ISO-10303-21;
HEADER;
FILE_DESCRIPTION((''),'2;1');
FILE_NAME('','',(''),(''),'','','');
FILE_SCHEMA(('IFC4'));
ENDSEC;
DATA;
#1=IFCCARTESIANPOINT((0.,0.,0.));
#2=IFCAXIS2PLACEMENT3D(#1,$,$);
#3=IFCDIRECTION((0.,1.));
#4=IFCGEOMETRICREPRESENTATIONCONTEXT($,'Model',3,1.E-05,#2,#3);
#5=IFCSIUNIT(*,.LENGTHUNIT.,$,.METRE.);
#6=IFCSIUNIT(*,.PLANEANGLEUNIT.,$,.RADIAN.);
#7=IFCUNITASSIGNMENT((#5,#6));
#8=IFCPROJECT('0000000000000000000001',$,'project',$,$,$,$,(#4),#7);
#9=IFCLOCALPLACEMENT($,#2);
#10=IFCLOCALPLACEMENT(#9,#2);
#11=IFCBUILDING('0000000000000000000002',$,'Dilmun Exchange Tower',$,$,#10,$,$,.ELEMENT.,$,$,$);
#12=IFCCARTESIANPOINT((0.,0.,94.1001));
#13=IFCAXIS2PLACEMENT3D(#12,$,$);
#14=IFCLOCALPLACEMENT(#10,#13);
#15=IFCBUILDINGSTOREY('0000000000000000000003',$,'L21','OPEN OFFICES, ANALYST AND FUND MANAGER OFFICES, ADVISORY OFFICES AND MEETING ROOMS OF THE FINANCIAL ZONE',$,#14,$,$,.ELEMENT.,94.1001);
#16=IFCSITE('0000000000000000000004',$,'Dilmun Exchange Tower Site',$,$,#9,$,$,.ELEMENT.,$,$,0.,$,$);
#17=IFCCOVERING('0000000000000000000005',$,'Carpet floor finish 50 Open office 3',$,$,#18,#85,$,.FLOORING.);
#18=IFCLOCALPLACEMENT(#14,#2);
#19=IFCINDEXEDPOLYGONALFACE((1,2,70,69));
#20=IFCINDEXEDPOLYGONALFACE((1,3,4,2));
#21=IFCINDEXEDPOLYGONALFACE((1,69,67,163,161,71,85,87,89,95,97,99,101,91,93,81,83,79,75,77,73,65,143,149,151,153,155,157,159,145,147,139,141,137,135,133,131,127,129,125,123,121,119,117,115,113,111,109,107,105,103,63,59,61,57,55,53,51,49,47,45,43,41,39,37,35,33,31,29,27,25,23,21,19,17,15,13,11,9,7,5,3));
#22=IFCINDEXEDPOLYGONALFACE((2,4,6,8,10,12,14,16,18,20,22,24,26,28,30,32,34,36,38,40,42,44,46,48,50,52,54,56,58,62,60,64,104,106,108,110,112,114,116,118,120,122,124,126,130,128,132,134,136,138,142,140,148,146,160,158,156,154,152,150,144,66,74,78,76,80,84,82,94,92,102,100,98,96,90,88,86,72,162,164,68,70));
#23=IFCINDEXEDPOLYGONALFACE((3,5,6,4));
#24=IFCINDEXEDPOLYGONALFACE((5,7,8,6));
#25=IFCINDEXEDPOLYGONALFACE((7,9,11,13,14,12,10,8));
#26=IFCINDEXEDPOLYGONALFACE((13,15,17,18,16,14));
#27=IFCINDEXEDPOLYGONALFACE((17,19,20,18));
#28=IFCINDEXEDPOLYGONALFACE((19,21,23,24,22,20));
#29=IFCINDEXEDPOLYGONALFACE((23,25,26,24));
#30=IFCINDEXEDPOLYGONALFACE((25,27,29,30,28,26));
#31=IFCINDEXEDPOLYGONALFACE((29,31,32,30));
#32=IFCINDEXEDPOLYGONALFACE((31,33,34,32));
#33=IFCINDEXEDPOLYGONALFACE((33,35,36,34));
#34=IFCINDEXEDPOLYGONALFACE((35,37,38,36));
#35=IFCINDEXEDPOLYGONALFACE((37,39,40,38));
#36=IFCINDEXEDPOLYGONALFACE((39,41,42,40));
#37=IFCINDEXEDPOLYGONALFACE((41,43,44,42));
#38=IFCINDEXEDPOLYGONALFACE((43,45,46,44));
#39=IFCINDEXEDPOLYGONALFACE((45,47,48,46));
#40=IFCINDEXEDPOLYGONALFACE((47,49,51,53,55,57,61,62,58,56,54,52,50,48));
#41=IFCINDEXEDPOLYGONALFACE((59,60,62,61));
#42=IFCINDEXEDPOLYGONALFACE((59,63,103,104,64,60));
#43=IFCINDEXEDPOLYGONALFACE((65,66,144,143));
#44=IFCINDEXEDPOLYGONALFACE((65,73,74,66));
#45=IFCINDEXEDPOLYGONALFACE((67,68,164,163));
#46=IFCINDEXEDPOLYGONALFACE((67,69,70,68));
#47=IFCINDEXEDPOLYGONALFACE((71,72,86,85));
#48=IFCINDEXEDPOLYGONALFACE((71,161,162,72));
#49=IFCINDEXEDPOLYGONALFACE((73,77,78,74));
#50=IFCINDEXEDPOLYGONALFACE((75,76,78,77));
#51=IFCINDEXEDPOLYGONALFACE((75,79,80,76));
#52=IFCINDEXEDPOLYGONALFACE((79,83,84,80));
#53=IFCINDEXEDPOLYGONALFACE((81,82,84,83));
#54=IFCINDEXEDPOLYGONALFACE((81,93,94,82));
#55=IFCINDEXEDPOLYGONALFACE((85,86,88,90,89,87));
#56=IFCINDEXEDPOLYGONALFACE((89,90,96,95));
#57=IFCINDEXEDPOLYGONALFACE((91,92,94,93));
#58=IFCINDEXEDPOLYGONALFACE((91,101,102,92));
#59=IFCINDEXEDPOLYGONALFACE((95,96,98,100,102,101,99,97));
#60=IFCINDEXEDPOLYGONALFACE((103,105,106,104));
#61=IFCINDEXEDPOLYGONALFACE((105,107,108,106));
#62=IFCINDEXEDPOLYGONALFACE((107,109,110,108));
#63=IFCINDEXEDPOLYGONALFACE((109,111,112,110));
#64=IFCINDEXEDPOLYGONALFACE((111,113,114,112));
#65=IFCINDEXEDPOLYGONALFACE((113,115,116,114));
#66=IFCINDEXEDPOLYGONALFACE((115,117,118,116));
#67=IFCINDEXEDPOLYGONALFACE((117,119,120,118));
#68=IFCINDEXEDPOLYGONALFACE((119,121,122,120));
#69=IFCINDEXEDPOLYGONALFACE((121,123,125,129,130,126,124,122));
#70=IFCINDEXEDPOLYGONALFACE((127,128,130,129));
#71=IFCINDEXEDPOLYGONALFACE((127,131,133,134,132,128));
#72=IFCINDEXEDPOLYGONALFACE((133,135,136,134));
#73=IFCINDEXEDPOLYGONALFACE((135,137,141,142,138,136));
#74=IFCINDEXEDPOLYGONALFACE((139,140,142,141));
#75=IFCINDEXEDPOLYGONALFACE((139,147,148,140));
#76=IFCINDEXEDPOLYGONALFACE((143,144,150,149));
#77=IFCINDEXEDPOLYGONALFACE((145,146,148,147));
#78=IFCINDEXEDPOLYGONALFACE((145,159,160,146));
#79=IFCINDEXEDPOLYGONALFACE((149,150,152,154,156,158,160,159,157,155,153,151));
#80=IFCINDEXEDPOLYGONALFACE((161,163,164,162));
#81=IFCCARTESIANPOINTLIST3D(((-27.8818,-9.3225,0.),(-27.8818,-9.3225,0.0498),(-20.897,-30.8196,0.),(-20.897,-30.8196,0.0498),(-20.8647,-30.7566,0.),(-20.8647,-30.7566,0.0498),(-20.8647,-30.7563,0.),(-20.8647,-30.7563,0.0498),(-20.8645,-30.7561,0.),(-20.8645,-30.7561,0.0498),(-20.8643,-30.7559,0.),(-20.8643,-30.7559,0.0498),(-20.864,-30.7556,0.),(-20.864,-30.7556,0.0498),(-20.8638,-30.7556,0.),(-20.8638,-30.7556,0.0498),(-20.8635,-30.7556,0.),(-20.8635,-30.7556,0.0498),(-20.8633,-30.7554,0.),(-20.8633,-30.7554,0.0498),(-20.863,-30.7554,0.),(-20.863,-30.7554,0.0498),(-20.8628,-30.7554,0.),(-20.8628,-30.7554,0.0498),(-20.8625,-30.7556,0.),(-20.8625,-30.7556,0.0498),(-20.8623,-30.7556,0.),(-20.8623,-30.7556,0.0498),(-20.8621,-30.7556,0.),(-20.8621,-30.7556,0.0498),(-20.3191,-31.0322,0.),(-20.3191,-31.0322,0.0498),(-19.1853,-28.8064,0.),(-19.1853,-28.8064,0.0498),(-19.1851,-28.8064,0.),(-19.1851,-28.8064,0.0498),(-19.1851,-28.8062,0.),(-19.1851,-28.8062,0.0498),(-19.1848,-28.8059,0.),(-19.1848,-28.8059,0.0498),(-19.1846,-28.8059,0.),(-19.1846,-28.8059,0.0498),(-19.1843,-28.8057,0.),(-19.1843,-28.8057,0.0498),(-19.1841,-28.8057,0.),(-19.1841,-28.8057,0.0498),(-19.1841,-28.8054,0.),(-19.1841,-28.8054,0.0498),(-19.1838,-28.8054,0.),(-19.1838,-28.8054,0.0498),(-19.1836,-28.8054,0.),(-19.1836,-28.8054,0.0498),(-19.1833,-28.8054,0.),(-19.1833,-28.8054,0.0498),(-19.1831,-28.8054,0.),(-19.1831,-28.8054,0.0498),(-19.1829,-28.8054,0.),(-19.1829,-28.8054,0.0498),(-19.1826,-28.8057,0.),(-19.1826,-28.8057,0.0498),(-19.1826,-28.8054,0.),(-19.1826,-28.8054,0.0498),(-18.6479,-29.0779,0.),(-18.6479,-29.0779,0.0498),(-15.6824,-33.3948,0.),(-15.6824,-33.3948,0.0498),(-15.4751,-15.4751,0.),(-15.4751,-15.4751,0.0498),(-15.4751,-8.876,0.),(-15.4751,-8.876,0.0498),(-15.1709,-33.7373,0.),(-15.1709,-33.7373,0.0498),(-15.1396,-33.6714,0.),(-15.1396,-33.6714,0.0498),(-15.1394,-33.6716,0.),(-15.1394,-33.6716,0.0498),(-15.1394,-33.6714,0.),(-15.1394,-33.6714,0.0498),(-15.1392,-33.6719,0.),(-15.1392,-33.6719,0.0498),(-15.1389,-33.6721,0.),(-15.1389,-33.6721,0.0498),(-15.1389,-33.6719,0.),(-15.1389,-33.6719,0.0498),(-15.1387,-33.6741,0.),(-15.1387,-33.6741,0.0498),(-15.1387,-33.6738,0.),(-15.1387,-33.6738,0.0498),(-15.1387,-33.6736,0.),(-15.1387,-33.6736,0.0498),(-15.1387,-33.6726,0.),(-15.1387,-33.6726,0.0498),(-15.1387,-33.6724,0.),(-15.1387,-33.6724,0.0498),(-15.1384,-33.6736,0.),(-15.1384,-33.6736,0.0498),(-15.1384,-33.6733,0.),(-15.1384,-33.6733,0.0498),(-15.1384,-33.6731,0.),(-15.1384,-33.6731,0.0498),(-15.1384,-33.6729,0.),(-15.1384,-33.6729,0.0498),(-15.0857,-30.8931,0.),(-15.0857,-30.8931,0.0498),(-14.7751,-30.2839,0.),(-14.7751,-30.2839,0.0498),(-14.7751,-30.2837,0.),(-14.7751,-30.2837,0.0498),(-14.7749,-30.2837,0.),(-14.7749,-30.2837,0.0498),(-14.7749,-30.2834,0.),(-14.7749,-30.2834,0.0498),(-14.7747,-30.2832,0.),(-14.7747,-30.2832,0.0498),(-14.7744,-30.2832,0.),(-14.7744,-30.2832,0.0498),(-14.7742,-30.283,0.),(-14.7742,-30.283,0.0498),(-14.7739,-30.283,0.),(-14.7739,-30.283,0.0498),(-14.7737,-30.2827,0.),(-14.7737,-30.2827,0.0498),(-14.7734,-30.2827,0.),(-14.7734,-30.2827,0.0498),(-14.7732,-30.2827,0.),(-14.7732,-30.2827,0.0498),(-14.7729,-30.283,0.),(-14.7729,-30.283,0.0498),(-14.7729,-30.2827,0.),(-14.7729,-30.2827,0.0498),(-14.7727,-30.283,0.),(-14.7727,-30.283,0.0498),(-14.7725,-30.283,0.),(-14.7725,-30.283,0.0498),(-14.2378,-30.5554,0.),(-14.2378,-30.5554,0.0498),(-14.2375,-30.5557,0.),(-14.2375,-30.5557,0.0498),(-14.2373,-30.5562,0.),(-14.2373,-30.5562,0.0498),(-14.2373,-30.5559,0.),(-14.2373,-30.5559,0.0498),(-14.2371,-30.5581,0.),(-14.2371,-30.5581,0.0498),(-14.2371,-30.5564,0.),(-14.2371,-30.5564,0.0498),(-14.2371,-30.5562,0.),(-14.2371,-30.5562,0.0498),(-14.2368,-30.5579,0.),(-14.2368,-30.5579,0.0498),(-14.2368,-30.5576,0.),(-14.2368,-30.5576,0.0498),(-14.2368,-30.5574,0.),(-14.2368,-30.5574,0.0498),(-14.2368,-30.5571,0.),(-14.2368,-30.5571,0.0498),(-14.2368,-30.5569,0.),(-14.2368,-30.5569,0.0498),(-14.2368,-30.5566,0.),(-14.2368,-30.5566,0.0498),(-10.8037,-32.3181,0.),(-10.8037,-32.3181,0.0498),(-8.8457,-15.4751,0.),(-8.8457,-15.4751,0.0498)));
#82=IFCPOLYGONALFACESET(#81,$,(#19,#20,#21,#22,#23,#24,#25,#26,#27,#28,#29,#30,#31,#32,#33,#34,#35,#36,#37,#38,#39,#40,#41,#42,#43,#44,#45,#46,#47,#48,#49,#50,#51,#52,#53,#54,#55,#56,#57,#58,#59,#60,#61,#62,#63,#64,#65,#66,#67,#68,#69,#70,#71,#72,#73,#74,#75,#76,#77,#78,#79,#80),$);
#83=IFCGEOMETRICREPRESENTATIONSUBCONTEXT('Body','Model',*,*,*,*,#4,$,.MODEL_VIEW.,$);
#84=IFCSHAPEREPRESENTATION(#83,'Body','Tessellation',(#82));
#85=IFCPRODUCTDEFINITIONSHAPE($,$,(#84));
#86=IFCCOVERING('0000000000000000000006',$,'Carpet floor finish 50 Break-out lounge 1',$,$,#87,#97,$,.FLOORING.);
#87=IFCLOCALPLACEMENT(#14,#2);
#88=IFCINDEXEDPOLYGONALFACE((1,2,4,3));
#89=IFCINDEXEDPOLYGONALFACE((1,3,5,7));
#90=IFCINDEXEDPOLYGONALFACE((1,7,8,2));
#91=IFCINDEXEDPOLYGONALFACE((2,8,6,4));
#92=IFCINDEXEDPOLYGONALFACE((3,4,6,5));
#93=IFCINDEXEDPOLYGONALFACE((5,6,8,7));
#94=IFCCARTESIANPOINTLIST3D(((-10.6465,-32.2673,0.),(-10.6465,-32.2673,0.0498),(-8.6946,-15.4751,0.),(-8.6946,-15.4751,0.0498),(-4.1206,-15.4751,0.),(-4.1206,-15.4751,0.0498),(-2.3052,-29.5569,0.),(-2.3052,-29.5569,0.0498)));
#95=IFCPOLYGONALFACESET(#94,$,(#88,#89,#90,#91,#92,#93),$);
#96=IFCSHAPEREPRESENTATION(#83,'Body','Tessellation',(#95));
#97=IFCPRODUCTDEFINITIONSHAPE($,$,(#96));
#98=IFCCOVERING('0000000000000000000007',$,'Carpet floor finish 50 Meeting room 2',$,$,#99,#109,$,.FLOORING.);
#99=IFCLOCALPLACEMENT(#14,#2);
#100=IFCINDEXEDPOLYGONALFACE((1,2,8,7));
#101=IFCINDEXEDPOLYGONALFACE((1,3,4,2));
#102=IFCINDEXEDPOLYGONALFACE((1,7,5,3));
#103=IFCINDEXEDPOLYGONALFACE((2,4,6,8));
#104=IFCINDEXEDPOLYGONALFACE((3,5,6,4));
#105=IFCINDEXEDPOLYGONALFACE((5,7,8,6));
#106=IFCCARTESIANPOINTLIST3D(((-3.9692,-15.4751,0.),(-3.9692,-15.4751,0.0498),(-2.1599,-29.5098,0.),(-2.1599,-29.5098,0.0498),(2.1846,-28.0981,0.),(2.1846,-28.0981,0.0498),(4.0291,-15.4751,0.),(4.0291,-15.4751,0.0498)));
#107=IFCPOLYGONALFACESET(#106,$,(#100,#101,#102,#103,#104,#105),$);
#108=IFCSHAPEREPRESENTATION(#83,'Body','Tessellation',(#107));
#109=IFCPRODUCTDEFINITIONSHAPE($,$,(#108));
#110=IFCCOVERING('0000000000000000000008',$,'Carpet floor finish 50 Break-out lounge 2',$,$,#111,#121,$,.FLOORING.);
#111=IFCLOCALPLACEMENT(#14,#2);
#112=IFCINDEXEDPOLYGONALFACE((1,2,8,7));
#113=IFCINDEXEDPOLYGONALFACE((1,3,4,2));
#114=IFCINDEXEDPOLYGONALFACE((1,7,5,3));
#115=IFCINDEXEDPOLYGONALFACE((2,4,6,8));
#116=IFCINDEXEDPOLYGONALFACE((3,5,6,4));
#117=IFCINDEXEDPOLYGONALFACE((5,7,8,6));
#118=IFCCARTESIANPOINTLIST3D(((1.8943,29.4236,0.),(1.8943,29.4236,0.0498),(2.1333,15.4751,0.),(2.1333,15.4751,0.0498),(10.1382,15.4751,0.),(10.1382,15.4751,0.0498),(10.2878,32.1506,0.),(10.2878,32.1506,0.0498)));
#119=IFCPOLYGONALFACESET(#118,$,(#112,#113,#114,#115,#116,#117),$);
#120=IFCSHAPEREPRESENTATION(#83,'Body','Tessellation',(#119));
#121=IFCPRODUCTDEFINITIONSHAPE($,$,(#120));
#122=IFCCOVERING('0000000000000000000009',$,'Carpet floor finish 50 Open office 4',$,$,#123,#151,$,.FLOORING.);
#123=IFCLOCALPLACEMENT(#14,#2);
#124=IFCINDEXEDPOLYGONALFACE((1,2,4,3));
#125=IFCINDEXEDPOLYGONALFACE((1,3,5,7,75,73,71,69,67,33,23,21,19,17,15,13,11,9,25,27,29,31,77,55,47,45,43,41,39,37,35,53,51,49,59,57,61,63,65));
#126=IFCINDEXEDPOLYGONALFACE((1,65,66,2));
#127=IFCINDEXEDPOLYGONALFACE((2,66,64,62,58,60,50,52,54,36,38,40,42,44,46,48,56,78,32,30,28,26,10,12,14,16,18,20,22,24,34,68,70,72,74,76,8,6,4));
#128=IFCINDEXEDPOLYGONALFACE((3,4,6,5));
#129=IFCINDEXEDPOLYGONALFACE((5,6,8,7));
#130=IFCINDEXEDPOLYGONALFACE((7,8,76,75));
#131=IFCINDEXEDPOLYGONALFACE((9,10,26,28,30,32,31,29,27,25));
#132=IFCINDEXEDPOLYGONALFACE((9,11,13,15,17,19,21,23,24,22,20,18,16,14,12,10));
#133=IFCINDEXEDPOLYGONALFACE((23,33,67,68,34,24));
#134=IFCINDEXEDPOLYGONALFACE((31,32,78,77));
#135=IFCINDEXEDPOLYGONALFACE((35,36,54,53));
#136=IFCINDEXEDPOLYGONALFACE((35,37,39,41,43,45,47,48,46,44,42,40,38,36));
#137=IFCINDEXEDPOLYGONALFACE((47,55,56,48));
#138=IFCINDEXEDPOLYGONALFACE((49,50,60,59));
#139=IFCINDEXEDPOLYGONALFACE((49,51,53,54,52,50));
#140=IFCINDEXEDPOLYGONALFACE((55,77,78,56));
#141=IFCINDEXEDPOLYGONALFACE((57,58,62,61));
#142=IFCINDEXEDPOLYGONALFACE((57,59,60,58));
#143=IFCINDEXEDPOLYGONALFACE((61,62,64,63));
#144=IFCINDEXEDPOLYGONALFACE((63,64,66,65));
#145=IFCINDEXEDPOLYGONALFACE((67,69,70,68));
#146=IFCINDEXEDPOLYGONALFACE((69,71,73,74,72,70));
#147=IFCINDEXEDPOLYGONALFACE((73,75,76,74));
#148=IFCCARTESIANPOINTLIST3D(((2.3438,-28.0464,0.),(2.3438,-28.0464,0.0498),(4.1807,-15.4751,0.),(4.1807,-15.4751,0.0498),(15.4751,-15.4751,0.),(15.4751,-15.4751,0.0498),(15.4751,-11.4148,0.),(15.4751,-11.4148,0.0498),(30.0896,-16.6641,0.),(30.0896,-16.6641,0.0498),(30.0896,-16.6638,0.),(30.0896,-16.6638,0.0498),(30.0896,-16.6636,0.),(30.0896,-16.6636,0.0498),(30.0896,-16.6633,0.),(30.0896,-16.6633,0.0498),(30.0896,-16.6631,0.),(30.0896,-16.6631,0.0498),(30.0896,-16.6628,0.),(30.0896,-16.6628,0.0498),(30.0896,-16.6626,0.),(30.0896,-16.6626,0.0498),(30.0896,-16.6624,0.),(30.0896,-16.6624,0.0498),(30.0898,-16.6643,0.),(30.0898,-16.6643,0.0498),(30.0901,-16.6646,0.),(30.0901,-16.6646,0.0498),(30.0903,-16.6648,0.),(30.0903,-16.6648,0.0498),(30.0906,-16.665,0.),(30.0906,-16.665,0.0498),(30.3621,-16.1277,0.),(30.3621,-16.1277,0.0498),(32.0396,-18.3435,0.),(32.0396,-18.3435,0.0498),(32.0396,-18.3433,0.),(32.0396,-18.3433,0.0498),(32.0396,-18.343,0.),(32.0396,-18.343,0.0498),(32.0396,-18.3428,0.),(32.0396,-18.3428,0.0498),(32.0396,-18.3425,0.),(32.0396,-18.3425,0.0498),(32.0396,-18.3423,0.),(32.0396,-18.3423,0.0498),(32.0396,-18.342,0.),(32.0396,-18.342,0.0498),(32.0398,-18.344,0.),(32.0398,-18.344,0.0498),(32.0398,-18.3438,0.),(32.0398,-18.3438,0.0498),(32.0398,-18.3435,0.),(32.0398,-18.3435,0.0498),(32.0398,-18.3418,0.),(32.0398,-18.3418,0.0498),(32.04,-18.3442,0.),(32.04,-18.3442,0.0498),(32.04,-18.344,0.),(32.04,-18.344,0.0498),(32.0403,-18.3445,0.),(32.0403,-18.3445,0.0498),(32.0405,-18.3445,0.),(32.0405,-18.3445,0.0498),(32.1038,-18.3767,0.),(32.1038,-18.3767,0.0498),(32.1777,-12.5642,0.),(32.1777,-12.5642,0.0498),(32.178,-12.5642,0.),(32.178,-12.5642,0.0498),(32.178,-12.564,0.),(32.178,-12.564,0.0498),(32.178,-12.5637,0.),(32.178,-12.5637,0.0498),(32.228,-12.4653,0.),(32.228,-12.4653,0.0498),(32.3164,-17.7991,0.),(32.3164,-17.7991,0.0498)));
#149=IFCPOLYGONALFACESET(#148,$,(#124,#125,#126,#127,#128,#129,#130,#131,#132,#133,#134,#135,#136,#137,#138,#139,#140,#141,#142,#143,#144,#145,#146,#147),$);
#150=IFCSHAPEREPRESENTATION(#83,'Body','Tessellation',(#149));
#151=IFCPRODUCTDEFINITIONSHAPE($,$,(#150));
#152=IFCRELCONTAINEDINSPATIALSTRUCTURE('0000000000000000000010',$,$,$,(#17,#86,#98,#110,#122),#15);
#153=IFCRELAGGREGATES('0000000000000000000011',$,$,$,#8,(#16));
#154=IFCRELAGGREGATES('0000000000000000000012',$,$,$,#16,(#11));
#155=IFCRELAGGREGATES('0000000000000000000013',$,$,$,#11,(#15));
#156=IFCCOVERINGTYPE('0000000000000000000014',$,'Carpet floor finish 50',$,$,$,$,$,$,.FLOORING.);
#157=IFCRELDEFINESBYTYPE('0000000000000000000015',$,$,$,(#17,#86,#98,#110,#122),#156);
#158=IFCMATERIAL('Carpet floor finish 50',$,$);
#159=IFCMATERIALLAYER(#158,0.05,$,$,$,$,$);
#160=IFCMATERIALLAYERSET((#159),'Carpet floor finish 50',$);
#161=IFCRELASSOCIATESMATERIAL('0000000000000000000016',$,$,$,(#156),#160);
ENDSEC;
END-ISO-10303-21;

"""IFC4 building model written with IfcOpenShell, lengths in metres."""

from ifc_helpers import new_model, si_unit, direction, frame, origin, place, context, subcontext, project, spatial, polyline, outline, extrude, material, layer, layer_set, type_object, element, save


model = new_model("IFC4")

# Units and contexts
model_context = context("Model", 3, precision=1e-05, world=origin(), true_north=direction((0.0, 1.0)))
body_context = subcontext(model_context, "Body", "Model", "MODEL_VIEW")
ifc_project = project(units=[si_unit("LENGTHUNIT", "METRE"), si_unit("PLANEANGLEUNIT", "RADIAN")], contexts=[model_context])

# Site, building, storey
site_placement = place(None, origin())
site = spatial("IfcSite", under=ifc_project, at=site_placement, Name="Dilmun Exchange Tower Site", CompositionType="ELEMENT", RefElevation=0.0)
building_placement = place(site_placement, origin())
building = spatial("IfcBuilding", under=site, at=building_placement, Name="Dilmun Exchange Tower", CompositionType="ELEMENT")
storey_placement = place(building_placement, frame((0.0, 0.0, 94.1001)))
storey = spatial("IfcBuildingStorey", under=building, at=storey_placement, Name="L21", Description="OPEN OFFICES, ANALYST AND FUND MANAGER OFFICES, ADVISORY OFFICES AND MEETING ROOMS OF THE FINANCIAL ZONE", CompositionType="ELEMENT", Elevation=94.1001)

# Coverings
ifc_material_1 = material(Name="Carpet floor finish 50")
ifc_layer_1 = layer(ifc_material_1, 0.05)
ifc_layer_set_1 = layer_set([ifc_layer_1], Name="Carpet floor finish 50")
covering_type_1 = type_object("IfcCoveringType", Name="Carpet floor finish 50", PredefinedType="FLOORING", material=ifc_layer_set_1)
covering_1_placement = place(storey_placement, origin())
element("IfcCovering", 1, at=covering_1_placement, inside=storey, type_object=covering_type_1, Name="Carpet floor finish 50 Open office 3", PredefinedType="FLOORING", context=body_context, shape_type="SweptSolid", body=[
    extrude(outline(polyline([(-15.4751, -8.876), (-15.4751, -15.4751), (-8.8457, -15.4751), (-10.8037, -32.3181), (-15.1709, -33.7373), (-15.1387, -33.6741), (-15.1387, -33.6738), (-15.1387, -33.6736), (-15.1384, -33.6736), (-15.1384, -33.6733), (-15.1384, -33.6731), (-15.1384, -33.6731), (-15.1384, -33.6729), (-15.1387, -33.6726), (-15.1387, -33.6724), (-15.1389, -33.6721), (-15.1389, -33.6721), (-15.1389, -33.6719), (-15.1392, -33.6719), (-15.1394, -33.6716), (-15.1394, -33.6714), (-15.1396, -33.6714), (-15.6824, -33.3948), (-14.2371, -30.5581), (-14.2368, -30.5579), (-14.2368, -30.5576), (-14.2368, -30.5576), (-14.2368, -30.5574), (-14.2368, -30.5571), (-14.2368, -30.5569), (-14.2368, -30.5569), (-14.2368, -30.5566), (-14.2371, -30.5564), (-14.2371, -30.5562), (-14.2373, -30.5562), (-14.2373, -30.5559), (-14.2373, -30.5559), (-14.2375, -30.5557), (-14.2378, -30.5554), (-14.2378, -30.5554), (-14.7725, -30.283), (-14.7727, -30.283), (-14.7729, -30.283), (-14.7729, -30.2827), (-14.7732, -30.2827), (-14.7734, -30.2827), (-14.7737, -30.2827), (-14.7737, -30.2827), (-14.7739, -30.283), (-14.7742, -30.283), (-14.7744, -30.2832), (-14.7744, -30.2832), (-14.7747, -30.2832), (-14.7749, -30.2834), (-14.7749, -30.2837), (-14.7751, -30.2837), (-14.7751, -30.2839), (-15.0857, -30.8931), (-18.6479, -29.0779), (-19.1826, -28.8057), (-19.1826, -28.8054), (-19.1829, -28.8054), (-19.1831, -28.8054), (-19.1831, -28.8054), (-19.1833, -28.8054), (-19.1836, -28.8054), (-19.1838, -28.8054), (-19.1841, -28.8054), (-19.1841, -28.8057), (-19.1843, -28.8057), (-19.1846, -28.8059), (-19.1848, -28.8059), (-19.1848, -28.8059), (-19.1851, -28.8062), (-19.1851, -28.8064), (-19.1853, -28.8064), (-20.3191, -31.0322), (-20.8621, -30.7556), (-20.8623, -30.7556), (-20.8625, -30.7556), (-20.8628, -30.7554), (-20.8628, -30.7554), (-20.863, -30.7554), (-20.8633, -30.7554), (-20.8633, -30.7554), (-20.8635, -30.7556), (-20.8638, -30.7556), (-20.864, -30.7556), (-20.8643, -30.7559), (-20.8643, -30.7559), (-20.8645, -30.7561), (-20.8645, -30.7561), (-20.8647, -30.7563), (-20.8647, -30.7566), (-20.897, -30.8196), (-27.8818, -9.3225), (-15.4751, -8.876)])), origin(), (0.0, 0.0, 1.0), 0.0498),
])
covering_2_placement = place(storey_placement, origin())
element("IfcCovering", 2, at=covering_2_placement, inside=storey, type_object=covering_type_1, Name="Carpet floor finish 50 Break-out lounge 1", PredefinedType="FLOORING", context=body_context, shape_type="SweptSolid", body=[
    extrude(outline(polyline([(-4.1206, -15.4751), (-2.3052, -29.5569), (-10.6465, -32.2673), (-8.6946, -15.4751), (-4.1206, -15.4751)])), origin(), (0.0, 0.0, 1.0), 0.0498),
])
covering_3_placement = place(storey_placement, origin())
element("IfcCovering", 3, at=covering_3_placement, inside=storey, type_object=covering_type_1, Name="Carpet floor finish 50 Meeting room 2", PredefinedType="FLOORING", context=body_context, shape_type="SweptSolid", body=[
    extrude(outline(polyline([(2.1846, -28.0981), (-2.1599, -29.5098), (-3.9692, -15.4751), (4.0291, -15.4751), (2.1846, -28.0981)])), origin(), (0.0, 0.0, 1.0), 0.0498),
])
covering_4_placement = place(storey_placement, origin())
element("IfcCovering", 4, at=covering_4_placement, inside=storey, type_object=covering_type_1, Name="Carpet floor finish 50 Break-out lounge 2", PredefinedType="FLOORING", context=body_context, shape_type="SweptSolid", body=[
    extrude(outline(polyline([(2.1333, 15.4751), (1.8943, 29.4236), (10.2878, 32.1506), (10.1382, 15.4751), (2.1333, 15.4751)])), origin(), (0.0, 0.0, 1.0), 0.0498),
])
covering_5_placement = place(storey_placement, origin())
element("IfcCovering", 5, at=covering_5_placement, inside=storey, type_object=covering_type_1, Name="Carpet floor finish 50 Open office 4", PredefinedType="FLOORING", context=body_context, shape_type="SweptSolid", body=[
    extrude(outline(polyline([(4.1807, -15.4751), (15.4751, -15.4751), (15.4751, -11.4148), (32.228, -12.4653), (32.178, -12.5637), (32.178, -12.564), (32.178, -12.5642), (32.1777, -12.5642), (30.3621, -16.1277), (30.3621, -16.1277), (30.0896, -16.6624), (30.0896, -16.6626), (30.0896, -16.6626), (30.0896, -16.6628), (30.0896, -16.6631), (30.0896, -16.6631), (30.0896, -16.6633), (30.0896, -16.6636), (30.0896, -16.6638), (30.0896, -16.6641), (30.0898, -16.6643), (30.0898, -16.6643), (30.0901, -16.6646), (30.0901, -16.6646), (30.0903, -16.6648), (30.0903, -16.6648), (30.0906, -16.665), (32.3164, -17.7991), (32.0398, -18.3418), (32.0396, -18.342), (32.0396, -18.3423), (32.0396, -18.3423), (32.0396, -18.3425), (32.0396, -18.3428), (32.0396, -18.343), (32.0396, -18.3433), (32.0396, -18.3435), (32.0398, -18.3435), (32.0398, -18.3438), (32.0398, -18.344), (32.04, -18.344), (32.04, -18.3442), (32.0403, -18.3445), (32.0403, -18.3445), (32.0405, -18.3445), (32.1038, -18.3767), (2.3438, -28.0464), (4.1807, -15.4751)])), origin(), (0.0, 0.0, 1.0), 0.0498),
])

save(model, "model.ifc")
